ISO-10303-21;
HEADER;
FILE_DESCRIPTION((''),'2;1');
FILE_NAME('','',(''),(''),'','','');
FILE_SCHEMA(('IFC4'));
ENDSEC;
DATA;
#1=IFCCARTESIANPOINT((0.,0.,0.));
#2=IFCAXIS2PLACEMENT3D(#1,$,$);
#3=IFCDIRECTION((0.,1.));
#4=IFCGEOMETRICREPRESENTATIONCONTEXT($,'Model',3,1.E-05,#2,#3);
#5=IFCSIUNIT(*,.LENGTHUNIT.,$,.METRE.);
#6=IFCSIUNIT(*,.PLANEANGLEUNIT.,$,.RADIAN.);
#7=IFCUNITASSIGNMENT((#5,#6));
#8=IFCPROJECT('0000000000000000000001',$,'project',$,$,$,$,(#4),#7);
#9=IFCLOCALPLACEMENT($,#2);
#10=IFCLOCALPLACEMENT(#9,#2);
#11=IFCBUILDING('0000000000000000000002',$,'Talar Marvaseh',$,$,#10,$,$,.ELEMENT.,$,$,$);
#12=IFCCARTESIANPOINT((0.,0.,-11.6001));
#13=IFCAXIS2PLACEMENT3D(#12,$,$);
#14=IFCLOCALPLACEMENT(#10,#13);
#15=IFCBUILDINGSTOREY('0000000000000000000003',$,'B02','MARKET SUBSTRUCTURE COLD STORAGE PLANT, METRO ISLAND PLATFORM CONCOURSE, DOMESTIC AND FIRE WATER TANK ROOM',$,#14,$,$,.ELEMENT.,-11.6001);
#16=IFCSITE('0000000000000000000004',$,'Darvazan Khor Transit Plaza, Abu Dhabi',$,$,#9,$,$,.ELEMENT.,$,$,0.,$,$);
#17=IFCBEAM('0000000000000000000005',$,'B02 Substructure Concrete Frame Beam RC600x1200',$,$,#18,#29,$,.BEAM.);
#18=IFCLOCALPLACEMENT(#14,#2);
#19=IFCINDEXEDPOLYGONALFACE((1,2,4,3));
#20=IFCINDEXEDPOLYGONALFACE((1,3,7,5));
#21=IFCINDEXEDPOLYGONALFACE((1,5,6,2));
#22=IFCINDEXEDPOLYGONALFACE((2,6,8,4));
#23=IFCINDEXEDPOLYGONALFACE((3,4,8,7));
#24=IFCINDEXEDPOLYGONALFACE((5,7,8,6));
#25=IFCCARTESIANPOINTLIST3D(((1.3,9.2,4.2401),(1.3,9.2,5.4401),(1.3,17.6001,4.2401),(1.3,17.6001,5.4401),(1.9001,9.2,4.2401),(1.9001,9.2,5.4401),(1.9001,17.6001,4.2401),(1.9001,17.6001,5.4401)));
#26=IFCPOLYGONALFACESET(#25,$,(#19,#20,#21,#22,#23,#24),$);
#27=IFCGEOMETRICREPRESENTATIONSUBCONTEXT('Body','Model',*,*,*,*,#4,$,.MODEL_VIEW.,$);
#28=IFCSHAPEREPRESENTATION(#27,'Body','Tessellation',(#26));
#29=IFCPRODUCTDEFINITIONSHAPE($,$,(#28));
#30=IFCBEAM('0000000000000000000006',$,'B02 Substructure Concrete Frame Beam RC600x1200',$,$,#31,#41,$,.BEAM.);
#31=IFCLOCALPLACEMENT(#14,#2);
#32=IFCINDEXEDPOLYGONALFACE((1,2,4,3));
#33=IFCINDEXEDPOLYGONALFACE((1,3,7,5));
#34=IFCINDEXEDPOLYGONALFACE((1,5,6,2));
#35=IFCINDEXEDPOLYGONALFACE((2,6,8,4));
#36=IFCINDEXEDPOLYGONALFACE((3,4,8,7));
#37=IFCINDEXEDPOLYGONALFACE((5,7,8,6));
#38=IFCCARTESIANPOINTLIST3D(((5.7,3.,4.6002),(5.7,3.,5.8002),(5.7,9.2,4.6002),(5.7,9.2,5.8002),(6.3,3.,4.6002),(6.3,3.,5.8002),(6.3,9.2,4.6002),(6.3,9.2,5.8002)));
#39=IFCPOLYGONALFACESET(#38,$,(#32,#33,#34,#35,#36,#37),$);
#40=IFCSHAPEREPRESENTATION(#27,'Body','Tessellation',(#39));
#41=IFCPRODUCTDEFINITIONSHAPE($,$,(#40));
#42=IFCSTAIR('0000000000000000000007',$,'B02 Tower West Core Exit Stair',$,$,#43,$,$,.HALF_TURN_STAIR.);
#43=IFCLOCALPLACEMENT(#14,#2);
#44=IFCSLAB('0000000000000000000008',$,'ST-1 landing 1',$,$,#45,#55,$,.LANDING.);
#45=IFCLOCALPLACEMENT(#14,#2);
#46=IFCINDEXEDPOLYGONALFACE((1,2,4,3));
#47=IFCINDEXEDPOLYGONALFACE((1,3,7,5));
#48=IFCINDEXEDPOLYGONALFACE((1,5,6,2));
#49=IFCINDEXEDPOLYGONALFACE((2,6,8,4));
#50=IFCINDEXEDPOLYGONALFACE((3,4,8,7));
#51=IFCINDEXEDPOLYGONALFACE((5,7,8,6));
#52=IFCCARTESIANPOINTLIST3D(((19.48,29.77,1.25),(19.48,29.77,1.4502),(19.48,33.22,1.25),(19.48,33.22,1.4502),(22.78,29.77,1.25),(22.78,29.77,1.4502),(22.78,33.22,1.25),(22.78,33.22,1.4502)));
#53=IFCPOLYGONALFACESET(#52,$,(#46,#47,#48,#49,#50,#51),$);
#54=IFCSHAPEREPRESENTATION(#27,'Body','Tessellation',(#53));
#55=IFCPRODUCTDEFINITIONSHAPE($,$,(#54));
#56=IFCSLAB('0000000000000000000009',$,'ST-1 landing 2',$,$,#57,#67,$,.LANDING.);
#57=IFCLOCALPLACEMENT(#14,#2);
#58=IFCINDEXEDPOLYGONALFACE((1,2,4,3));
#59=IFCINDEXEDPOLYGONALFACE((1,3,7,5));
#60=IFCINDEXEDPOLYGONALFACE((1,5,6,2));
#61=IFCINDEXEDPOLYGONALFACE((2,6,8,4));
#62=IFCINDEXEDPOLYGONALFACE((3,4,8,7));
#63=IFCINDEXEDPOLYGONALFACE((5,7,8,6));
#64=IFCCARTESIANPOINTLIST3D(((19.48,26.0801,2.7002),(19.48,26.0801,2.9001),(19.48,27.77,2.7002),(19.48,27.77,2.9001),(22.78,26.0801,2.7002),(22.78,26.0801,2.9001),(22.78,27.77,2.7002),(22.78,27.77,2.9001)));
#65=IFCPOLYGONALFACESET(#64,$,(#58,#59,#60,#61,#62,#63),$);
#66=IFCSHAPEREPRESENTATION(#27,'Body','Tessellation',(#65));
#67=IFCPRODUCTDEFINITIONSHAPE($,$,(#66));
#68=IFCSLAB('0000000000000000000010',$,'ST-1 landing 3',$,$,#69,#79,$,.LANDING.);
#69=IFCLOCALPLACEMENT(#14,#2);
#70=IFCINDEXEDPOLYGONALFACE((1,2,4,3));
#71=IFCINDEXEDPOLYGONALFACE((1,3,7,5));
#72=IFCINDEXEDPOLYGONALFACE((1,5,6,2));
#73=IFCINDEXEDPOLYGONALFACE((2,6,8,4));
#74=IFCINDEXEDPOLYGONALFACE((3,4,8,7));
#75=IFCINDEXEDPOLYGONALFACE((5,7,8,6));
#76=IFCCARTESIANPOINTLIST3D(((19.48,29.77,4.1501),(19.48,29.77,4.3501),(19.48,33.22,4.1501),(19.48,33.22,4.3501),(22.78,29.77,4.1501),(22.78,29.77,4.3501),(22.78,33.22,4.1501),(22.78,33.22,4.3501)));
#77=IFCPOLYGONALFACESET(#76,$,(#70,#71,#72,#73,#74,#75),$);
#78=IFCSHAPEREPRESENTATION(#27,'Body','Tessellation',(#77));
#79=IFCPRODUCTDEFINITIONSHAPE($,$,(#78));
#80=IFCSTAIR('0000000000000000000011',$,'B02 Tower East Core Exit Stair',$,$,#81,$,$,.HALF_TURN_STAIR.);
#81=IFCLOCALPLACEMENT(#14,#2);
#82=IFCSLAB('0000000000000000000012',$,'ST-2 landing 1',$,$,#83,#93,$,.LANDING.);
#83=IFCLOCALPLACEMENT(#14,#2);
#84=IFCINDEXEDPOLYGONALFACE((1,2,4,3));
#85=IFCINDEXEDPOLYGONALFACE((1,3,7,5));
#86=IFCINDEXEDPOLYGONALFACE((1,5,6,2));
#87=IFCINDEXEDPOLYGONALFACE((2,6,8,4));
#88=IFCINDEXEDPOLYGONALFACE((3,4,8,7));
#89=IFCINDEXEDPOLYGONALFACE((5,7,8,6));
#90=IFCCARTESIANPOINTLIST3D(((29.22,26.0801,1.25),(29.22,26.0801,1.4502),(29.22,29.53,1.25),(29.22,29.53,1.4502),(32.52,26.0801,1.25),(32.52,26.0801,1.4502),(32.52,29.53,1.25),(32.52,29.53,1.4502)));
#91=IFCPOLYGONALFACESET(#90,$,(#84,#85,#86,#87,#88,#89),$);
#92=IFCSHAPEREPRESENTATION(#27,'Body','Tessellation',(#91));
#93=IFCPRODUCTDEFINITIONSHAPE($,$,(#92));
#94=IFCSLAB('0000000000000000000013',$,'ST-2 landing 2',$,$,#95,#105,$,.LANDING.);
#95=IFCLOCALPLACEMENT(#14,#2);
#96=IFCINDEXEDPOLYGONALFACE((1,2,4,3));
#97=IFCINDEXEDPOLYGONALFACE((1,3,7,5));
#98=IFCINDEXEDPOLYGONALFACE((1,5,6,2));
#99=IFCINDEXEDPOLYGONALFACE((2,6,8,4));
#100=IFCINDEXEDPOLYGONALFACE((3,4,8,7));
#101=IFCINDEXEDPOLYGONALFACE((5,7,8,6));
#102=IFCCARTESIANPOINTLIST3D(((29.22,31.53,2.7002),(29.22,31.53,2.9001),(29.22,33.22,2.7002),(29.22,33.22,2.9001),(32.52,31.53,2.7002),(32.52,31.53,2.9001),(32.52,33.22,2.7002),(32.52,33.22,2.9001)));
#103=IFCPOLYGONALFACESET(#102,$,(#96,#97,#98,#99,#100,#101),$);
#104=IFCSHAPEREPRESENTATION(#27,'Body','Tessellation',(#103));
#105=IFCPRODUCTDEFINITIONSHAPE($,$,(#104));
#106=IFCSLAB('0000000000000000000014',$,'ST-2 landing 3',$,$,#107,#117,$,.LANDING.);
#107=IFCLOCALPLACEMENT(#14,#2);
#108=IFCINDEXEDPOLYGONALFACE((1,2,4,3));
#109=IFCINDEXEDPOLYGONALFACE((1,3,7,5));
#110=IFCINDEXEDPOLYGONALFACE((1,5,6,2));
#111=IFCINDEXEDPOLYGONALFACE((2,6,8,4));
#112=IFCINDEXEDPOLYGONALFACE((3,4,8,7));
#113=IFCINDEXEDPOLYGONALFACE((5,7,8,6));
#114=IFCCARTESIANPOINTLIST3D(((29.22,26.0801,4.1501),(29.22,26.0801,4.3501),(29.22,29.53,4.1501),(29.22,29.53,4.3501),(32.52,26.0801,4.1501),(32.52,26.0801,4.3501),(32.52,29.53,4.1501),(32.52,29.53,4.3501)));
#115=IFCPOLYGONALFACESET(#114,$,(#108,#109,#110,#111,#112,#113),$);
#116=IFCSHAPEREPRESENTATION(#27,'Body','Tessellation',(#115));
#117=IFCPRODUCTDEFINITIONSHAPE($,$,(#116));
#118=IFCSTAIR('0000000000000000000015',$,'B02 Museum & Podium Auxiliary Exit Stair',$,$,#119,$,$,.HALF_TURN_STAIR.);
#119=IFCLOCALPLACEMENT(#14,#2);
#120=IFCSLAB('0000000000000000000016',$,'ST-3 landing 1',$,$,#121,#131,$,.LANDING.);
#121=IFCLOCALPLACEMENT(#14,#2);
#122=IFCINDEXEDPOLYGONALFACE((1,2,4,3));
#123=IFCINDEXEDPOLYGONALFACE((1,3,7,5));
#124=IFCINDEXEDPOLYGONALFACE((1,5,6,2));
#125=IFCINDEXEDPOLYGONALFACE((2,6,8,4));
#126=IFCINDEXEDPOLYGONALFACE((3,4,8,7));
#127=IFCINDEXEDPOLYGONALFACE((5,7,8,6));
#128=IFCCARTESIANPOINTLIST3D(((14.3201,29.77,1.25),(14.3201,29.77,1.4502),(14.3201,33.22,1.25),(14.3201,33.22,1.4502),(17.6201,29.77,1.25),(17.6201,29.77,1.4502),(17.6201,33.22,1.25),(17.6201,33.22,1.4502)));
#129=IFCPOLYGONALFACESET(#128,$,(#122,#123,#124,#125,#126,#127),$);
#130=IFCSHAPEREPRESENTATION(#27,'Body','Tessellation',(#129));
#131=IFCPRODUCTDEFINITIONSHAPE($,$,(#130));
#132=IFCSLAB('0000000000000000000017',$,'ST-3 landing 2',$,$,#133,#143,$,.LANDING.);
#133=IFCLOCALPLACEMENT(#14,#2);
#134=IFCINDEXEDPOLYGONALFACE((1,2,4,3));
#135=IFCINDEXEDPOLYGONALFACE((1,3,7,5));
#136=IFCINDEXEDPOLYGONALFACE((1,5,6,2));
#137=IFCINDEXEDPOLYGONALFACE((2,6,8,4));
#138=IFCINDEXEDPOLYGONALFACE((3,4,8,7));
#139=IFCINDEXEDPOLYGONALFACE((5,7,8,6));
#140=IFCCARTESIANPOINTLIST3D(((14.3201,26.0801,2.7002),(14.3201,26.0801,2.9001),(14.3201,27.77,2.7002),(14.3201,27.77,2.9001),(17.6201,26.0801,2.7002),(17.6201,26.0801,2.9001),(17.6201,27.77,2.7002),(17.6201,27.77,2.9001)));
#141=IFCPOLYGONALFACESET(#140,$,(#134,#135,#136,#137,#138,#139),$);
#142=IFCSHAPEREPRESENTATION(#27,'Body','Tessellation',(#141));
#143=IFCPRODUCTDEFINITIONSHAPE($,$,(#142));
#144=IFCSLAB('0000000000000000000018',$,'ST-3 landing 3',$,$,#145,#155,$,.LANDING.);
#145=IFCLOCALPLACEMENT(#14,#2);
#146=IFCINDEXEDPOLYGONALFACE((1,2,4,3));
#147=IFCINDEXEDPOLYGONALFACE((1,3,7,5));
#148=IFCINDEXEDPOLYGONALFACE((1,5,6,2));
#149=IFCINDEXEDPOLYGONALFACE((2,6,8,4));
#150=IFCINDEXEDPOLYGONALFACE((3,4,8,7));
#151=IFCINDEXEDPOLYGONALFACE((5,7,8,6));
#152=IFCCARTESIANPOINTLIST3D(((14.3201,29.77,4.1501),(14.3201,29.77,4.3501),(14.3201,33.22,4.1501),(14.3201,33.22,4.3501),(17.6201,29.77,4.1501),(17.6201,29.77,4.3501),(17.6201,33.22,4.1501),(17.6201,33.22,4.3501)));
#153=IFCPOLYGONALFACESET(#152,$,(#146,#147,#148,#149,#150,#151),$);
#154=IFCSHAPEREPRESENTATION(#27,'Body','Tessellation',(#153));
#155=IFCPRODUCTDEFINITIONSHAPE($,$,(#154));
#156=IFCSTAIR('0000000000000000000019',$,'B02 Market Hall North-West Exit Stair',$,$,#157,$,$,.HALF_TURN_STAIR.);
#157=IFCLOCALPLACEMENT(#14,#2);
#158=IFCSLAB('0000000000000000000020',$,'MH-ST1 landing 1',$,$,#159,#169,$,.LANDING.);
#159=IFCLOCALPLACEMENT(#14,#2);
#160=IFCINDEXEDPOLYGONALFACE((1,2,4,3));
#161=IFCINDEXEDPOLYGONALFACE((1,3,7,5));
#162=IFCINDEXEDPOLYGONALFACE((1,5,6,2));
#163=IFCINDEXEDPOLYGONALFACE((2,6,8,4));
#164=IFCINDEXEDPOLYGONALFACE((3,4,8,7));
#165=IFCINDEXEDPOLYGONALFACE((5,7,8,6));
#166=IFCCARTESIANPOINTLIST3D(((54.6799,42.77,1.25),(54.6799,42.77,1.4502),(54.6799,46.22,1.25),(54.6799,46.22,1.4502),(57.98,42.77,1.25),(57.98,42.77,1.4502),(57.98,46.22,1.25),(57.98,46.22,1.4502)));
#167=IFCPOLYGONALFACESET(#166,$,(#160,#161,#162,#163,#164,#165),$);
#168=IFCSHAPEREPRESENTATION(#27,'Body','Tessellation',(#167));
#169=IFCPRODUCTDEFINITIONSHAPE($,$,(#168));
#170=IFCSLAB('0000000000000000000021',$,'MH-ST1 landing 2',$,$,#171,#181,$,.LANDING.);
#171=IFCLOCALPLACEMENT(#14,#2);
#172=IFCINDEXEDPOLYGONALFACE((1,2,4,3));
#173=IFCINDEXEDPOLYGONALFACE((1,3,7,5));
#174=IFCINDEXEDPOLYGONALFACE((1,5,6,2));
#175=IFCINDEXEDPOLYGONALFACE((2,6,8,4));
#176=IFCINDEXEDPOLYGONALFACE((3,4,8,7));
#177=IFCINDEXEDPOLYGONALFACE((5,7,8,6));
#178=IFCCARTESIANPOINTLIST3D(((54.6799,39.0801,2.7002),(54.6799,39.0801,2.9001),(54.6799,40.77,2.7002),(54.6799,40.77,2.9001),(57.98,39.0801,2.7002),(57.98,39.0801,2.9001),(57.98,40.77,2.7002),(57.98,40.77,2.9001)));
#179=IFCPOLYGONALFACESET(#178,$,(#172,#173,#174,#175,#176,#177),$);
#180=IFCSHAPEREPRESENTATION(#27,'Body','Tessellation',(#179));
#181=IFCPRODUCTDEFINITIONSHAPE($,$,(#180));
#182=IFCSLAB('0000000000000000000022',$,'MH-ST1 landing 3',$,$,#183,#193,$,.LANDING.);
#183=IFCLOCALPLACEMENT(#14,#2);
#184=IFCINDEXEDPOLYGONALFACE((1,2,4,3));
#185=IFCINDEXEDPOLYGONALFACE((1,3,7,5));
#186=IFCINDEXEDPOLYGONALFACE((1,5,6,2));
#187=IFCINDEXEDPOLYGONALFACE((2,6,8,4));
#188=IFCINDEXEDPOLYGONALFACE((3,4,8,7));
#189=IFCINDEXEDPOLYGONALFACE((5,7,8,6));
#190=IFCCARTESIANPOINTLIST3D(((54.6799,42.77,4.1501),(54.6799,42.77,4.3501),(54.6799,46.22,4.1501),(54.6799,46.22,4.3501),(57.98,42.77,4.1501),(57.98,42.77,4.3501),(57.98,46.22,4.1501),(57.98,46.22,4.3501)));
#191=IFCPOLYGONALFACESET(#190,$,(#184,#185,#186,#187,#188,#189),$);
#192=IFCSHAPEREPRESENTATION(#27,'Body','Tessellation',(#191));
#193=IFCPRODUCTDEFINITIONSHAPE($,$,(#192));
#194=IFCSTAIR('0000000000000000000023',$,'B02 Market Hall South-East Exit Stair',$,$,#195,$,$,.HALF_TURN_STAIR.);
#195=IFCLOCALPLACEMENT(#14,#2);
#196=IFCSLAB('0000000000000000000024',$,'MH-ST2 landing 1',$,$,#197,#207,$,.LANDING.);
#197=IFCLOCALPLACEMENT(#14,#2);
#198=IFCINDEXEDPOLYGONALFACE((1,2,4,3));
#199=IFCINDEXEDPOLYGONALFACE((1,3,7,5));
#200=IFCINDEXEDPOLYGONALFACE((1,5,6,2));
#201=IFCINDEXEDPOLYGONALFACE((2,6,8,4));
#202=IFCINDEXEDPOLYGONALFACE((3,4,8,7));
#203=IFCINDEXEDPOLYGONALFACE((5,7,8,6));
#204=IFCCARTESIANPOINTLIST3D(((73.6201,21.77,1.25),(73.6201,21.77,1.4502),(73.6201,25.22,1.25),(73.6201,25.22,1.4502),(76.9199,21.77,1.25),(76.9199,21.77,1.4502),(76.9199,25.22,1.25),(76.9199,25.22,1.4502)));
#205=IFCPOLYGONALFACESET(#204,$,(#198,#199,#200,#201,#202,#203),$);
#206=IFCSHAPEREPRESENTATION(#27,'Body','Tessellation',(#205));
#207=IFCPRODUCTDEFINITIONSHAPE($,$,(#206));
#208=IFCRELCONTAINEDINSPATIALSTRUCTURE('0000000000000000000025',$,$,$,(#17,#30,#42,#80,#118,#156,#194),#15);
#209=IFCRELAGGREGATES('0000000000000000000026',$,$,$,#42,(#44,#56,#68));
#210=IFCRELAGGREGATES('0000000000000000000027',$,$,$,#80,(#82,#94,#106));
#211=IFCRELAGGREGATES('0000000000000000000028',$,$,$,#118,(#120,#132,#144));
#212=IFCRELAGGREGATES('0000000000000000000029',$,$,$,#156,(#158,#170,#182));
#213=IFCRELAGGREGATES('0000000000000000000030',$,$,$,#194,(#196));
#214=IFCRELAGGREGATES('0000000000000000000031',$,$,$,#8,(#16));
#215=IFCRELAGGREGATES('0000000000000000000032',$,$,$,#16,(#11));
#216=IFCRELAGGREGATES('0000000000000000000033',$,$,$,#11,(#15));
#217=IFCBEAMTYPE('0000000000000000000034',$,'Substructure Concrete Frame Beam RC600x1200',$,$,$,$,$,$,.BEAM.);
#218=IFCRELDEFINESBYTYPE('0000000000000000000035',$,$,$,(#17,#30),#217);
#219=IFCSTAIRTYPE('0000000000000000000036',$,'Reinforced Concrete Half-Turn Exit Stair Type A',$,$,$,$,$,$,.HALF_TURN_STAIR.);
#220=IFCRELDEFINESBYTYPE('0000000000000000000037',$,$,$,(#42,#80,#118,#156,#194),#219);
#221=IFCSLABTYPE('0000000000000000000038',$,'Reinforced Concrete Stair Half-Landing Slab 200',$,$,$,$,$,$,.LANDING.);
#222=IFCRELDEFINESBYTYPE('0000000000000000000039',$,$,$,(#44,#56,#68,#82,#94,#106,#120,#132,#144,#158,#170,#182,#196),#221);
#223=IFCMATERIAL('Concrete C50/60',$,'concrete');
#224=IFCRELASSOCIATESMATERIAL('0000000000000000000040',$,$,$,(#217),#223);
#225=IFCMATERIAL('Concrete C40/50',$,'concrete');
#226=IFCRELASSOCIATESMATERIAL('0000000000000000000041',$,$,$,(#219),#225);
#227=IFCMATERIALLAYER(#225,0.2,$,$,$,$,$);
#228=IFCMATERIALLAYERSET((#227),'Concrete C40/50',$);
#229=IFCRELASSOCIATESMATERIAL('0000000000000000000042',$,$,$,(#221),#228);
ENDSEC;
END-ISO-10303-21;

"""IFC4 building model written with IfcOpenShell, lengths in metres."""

from ifc_helpers import new_model, si_unit, direction, frame, origin, origin_2d, place, context, subcontext, project, spatial, polyline, rectangle, outline, extrude, material, layer, layer_set, material_profile, profile_set, type_object, element, aggregate, save


model = new_model("IFC4")

# Units and contexts
model_context = context("Model", 3, precision=1e-05, world=origin(), true_north=direction((0.0, 1.0)))
body_context = subcontext(model_context, "Body", "Model", "MODEL_VIEW")
ifc_project = project(units=[si_unit("LENGTHUNIT", "METRE"), si_unit("PLANEANGLEUNIT", "RADIAN")], contexts=[model_context])

# Site, building, storey
site_placement = place(None, origin())
site = spatial("IfcSite", under=ifc_project, at=site_placement, Name="Darvazan Khor Transit Plaza, Abu Dhabi", CompositionType="ELEMENT", RefElevation=0.0)
building_placement = place(site_placement, origin())
building = spatial("IfcBuilding", under=site, at=building_placement, Name="Talar Marvaseh", CompositionType="ELEMENT")
storey_placement = place(building_placement, frame((0.0, 0.0, -11.6001)))
storey = spatial("IfcBuildingStorey", under=building, at=storey_placement, Name="B02", Description="MARKET SUBSTRUCTURE COLD STORAGE PLANT, METRO ISLAND PLATFORM CONCOURSE, DOMESTIC AND FIRE WATER TANK ROOM", CompositionType="ELEMENT", Elevation=-11.6001)

# Shared definitions
ifc_material_1 = material(Name="Concrete C50/60", Category="concrete")

# Shared definitions
ifc_material_2 = material(Name="Concrete C40/50", Category="concrete")

# Beams
ifc_material_profile_1 = material_profile(ifc_material_1, rectangle(XDim=0.6001, YDim=1.2, at=origin_2d()), Name="RC600x1200")
ifc_profile_set_1 = profile_set([ifc_material_profile_1], Name="Concrete C50/60")
beam_type_1 = type_object("IfcBeamType", Name="Substructure Concrete Frame Beam RC600x1200", PredefinedType="BEAM", material=ifc_profile_set_1)
beam_1_placement = place(storey_placement, frame((1.6001, 9.2, 4.8401), z_axis=(0.0, 1.0, 0.0), x_axis=(-1.0, 0.0, 0.0)))
element("IfcBeam", 1, at=beam_1_placement, inside=storey, type_object=beam_type_1, Name="B02 Substructure Concrete Frame Beam RC600x1200", PredefinedType="BEAM", context=body_context, shape_type="SweptSolid", body=[
    extrude(rectangle(XDim=0.6001, YDim=1.2, at=origin_2d()), origin(), (0.0, 0.0, 1.0), 8.4001),
])
beam_2_placement = place(storey_placement, frame((6.0, 3.0, 5.2002), z_axis=(0.0, 1.0, 0.0), x_axis=(-1.0, 0.0, 0.0)))
element("IfcBeam", 2, at=beam_2_placement, inside=storey, type_object=beam_type_1, Name="B02 Substructure Concrete Frame Beam RC600x1200", PredefinedType="BEAM", context=body_context, shape_type="SweptSolid", body=[
    extrude(rectangle(XDim=0.6001, YDim=1.2, at=origin_2d()), origin(), (0.0, 0.0, 1.0), 6.2),
])

# Stairs, slabs
stair_type = type_object("IfcStairType", Name="Reinforced Concrete Half-Turn Exit Stair Type A", PredefinedType="HALF_TURN_STAIR", material=ifc_material_2)
stair_1_placement = place(storey_placement, origin())
stair_1 = element("IfcStair", 3, at=stair_1_placement, inside=storey, type_object=stair_type, Name="B02 Tower West Core Exit Stair", PredefinedType="HALF_TURN_STAIR")
ifc_layer_1 = layer(ifc_material_2, 0.2)
ifc_layer_set_1 = layer_set([ifc_layer_1], Name="Concrete C40/50")
slab_type_1 = type_object("IfcSlabType", Name="Reinforced Concrete Stair Half-Landing Slab 200", PredefinedType="LANDING", material=ifc_layer_set_1)
slab_1_placement = place(storey_placement, frame((0.0, 0.0, 1.25)))
slab_1 = element("IfcSlab", 4, at=slab_1_placement, type_object=slab_type_1, Name="ST-1 landing 1", PredefinedType="LANDING", context=body_context, shape_type="SweptSolid", body=[
    extrude(outline(polyline([(22.78, 29.77), (22.78, 33.22), (19.48, 33.22), (19.48, 29.77), (22.78, 29.77)])), origin(), (0.0, 0.0, 1.0), 0.2002),
])
slab_2_placement = place(storey_placement, frame((0.0, 0.0, 2.7002)))
slab_2 = element("IfcSlab", 5, at=slab_2_placement, type_object=slab_type_1, Name="ST-1 landing 2", PredefinedType="LANDING", context=body_context, shape_type="SweptSolid", body=[
    extrude(outline(polyline([(22.78, 26.0801), (22.78, 27.77), (19.48, 27.77), (19.48, 26.0801), (22.78, 26.0801)])), origin(), (0.0, 0.0, 1.0), 0.2),
])
slab_3_placement = place(storey_placement, frame((0.0, 0.0, 4.1501)))
slab_3 = element("IfcSlab", 6, at=slab_3_placement, type_object=slab_type_1, Name="ST-1 landing 3", PredefinedType="LANDING", context=body_context, shape_type="SweptSolid", body=[
    extrude(outline(polyline([(22.78, 29.77), (22.78, 33.22), (19.48, 33.22), (19.48, 29.77), (22.78, 29.77)])), origin(), (0.0, 0.0, 1.0), 0.2),
])
aggregate(stair_1, [slab_1, slab_2, slab_3])
stair_2_placement = place(storey_placement, origin())
stair_2 = element("IfcStair", 7, at=stair_2_placement, inside=storey, type_object=stair_type, Name="B02 Tower East Core Exit Stair", PredefinedType="HALF_TURN_STAIR")
slab_4_placement = place(storey_placement, frame((0.0, 0.0, 1.25)))
slab_4 = element("IfcSlab", 8, at=slab_4_placement, type_object=slab_type_1, Name="ST-2 landing 1", PredefinedType="LANDING", context=body_context, shape_type="SweptSolid", body=[
    extrude(outline(polyline([(29.22, 29.53), (29.22, 26.0801), (32.52, 26.0801), (32.52, 29.53), (29.22, 29.53)])), origin(), (0.0, 0.0, 1.0), 0.2002),
])
slab_5_placement = place(storey_placement, frame((0.0, 0.0, 2.7002)))
slab_5 = element("IfcSlab", 9, at=slab_5_placement, type_object=slab_type_1, Name="ST-2 landing 2", PredefinedType="LANDING", context=body_context, shape_type="SweptSolid", body=[
    extrude(outline(polyline([(29.22, 33.22), (29.22, 31.53), (32.52, 31.53), (32.52, 33.22), (29.22, 33.22)])), origin(), (0.0, 0.0, 1.0), 0.2),
])
slab_6_placement = place(storey_placement, frame((0.0, 0.0, 4.1501)))
slab_6 = element("IfcSlab", 10, at=slab_6_placement, type_object=slab_type_1, Name="ST-2 landing 3", PredefinedType="LANDING", context=body_context, shape_type="SweptSolid", body=[
    extrude(outline(polyline([(29.22, 29.53), (29.22, 26.0801), (32.52, 26.0801), (32.52, 29.53), (29.22, 29.53)])), origin(), (0.0, 0.0, 1.0), 0.2),
])
aggregate(stair_2, [slab_4, slab_5, slab_6])
stair_3_placement = place(storey_placement, origin())
stair_3 = element("IfcStair", 11, at=stair_3_placement, inside=storey, type_object=stair_type, Name="B02 Museum & Podium Auxiliary Exit Stair", PredefinedType="HALF_TURN_STAIR")
slab_7_placement = place(storey_placement, frame((0.0, 0.0, 1.25)))
slab_7 = element("IfcSlab", 12, at=slab_7_placement, type_object=slab_type_1, Name="ST-3 landing 1", PredefinedType="LANDING", context=body_context, shape_type="SweptSolid", body=[
    extrude(outline(polyline([(17.6201, 29.77), (17.6201, 33.22), (14.3201, 33.22), (14.3201, 29.77), (17.6201, 29.77)])), origin(), (0.0, 0.0, 1.0), 0.2002),
])
slab_8_placement = place(storey_placement, frame((0.0, 0.0, 2.7002)))
slab_8 = element("IfcSlab", 13, at=slab_8_placement, type_object=slab_type_1, Name="ST-3 landing 2", PredefinedType="LANDING", context=body_context, shape_type="SweptSolid", body=[
    extrude(outline(polyline([(17.6201, 26.0801), (17.6201, 27.77), (14.3201, 27.77), (14.3201, 26.0801), (17.6201, 26.0801)])), origin(), (0.0, 0.0, 1.0), 0.2),
])
slab_9_placement = place(storey_placement, frame((0.0, 0.0, 4.1501)))
slab_9 = element("IfcSlab", 14, at=slab_9_placement, type_object=slab_type_1, Name="ST-3 landing 3", PredefinedType="LANDING", context=body_context, shape_type="SweptSolid", body=[
    extrude(outline(polyline([(17.6201, 29.77), (17.6201, 33.22), (14.3201, 33.22), (14.3201, 29.77), (17.6201, 29.77)])), origin(), (0.0, 0.0, 1.0), 0.2),
])
aggregate(stair_3, [slab_7, slab_8, slab_9])
stair_4_placement = place(storey_placement, origin())
stair_4 = element("IfcStair", 15, at=stair_4_placement, inside=storey, type_object=stair_type, Name="B02 Market Hall North-West Exit Stair", PredefinedType="HALF_TURN_STAIR")
slab_10_placement = place(storey_placement, frame((0.0, 0.0, 1.25)))
slab_10 = element("IfcSlab", 16, at=slab_10_placement, type_object=slab_type_1, Name="MH-ST1 landing 1", PredefinedType="LANDING", context=body_context, shape_type="SweptSolid", body=[
    extrude(outline(polyline([(57.98, 42.77), (57.98, 46.22), (54.6799, 46.22), (54.6799, 42.77), (57.98, 42.77)])), origin(), (0.0, 0.0, 1.0), 0.2002),
])
slab_11_placement = place(storey_placement, frame((0.0, 0.0, 2.7002)))
slab_11 = element("IfcSlab", 17, at=slab_11_placement, type_object=slab_type_1, Name="MH-ST1 landing 2", PredefinedType="LANDING", context=body_context, shape_type="SweptSolid", body=[
    extrude(outline(polyline([(57.98, 39.0801), (57.98, 40.77), (54.6799, 40.77), (54.6799, 39.0801), (57.98, 39.0801)])), origin(), (0.0, 0.0, 1.0), 0.2),
])
slab_12_placement = place(storey_placement, frame((0.0, 0.0, 4.1501)))
slab_12 = element("IfcSlab", 18, at=slab_12_placement, type_object=slab_type_1, Name="MH-ST1 landing 3", PredefinedType="LANDING", context=body_context, shape_type="SweptSolid", body=[
    extrude(outline(polyline([(57.98, 42.77), (57.98, 46.22), (54.6799, 46.22), (54.6799, 42.77), (57.98, 42.77)])), origin(), (0.0, 0.0, 1.0), 0.2),
])
aggregate(stair_4, [slab_10, slab_11, slab_12])
stair_5_placement = place(storey_placement, origin())
stair_5 = element("IfcStair", 19, at=stair_5_placement, inside=storey, type_object=stair_type, Name="B02 Market Hall South-East Exit Stair", PredefinedType="HALF_TURN_STAIR")
slab_13_placement = place(storey_placement, frame((0.0, 0.0, 1.25)))
slab_13 = element("IfcSlab", 20, at=slab_13_placement, type_object=slab_type_1, Name="MH-ST2 landing 1", PredefinedType="LANDING", context=body_context, shape_type="SweptSolid", body=[
    extrude(outline(polyline([(76.9199, 21.77), (76.9199, 25.22), (73.6201, 25.22), (73.6201, 21.77), (76.9199, 21.77)])), origin(), (0.0, 0.0, 1.0), 0.2002),
])
aggregate(stair_5, [slab_13])

save(model, "model.ifc")
